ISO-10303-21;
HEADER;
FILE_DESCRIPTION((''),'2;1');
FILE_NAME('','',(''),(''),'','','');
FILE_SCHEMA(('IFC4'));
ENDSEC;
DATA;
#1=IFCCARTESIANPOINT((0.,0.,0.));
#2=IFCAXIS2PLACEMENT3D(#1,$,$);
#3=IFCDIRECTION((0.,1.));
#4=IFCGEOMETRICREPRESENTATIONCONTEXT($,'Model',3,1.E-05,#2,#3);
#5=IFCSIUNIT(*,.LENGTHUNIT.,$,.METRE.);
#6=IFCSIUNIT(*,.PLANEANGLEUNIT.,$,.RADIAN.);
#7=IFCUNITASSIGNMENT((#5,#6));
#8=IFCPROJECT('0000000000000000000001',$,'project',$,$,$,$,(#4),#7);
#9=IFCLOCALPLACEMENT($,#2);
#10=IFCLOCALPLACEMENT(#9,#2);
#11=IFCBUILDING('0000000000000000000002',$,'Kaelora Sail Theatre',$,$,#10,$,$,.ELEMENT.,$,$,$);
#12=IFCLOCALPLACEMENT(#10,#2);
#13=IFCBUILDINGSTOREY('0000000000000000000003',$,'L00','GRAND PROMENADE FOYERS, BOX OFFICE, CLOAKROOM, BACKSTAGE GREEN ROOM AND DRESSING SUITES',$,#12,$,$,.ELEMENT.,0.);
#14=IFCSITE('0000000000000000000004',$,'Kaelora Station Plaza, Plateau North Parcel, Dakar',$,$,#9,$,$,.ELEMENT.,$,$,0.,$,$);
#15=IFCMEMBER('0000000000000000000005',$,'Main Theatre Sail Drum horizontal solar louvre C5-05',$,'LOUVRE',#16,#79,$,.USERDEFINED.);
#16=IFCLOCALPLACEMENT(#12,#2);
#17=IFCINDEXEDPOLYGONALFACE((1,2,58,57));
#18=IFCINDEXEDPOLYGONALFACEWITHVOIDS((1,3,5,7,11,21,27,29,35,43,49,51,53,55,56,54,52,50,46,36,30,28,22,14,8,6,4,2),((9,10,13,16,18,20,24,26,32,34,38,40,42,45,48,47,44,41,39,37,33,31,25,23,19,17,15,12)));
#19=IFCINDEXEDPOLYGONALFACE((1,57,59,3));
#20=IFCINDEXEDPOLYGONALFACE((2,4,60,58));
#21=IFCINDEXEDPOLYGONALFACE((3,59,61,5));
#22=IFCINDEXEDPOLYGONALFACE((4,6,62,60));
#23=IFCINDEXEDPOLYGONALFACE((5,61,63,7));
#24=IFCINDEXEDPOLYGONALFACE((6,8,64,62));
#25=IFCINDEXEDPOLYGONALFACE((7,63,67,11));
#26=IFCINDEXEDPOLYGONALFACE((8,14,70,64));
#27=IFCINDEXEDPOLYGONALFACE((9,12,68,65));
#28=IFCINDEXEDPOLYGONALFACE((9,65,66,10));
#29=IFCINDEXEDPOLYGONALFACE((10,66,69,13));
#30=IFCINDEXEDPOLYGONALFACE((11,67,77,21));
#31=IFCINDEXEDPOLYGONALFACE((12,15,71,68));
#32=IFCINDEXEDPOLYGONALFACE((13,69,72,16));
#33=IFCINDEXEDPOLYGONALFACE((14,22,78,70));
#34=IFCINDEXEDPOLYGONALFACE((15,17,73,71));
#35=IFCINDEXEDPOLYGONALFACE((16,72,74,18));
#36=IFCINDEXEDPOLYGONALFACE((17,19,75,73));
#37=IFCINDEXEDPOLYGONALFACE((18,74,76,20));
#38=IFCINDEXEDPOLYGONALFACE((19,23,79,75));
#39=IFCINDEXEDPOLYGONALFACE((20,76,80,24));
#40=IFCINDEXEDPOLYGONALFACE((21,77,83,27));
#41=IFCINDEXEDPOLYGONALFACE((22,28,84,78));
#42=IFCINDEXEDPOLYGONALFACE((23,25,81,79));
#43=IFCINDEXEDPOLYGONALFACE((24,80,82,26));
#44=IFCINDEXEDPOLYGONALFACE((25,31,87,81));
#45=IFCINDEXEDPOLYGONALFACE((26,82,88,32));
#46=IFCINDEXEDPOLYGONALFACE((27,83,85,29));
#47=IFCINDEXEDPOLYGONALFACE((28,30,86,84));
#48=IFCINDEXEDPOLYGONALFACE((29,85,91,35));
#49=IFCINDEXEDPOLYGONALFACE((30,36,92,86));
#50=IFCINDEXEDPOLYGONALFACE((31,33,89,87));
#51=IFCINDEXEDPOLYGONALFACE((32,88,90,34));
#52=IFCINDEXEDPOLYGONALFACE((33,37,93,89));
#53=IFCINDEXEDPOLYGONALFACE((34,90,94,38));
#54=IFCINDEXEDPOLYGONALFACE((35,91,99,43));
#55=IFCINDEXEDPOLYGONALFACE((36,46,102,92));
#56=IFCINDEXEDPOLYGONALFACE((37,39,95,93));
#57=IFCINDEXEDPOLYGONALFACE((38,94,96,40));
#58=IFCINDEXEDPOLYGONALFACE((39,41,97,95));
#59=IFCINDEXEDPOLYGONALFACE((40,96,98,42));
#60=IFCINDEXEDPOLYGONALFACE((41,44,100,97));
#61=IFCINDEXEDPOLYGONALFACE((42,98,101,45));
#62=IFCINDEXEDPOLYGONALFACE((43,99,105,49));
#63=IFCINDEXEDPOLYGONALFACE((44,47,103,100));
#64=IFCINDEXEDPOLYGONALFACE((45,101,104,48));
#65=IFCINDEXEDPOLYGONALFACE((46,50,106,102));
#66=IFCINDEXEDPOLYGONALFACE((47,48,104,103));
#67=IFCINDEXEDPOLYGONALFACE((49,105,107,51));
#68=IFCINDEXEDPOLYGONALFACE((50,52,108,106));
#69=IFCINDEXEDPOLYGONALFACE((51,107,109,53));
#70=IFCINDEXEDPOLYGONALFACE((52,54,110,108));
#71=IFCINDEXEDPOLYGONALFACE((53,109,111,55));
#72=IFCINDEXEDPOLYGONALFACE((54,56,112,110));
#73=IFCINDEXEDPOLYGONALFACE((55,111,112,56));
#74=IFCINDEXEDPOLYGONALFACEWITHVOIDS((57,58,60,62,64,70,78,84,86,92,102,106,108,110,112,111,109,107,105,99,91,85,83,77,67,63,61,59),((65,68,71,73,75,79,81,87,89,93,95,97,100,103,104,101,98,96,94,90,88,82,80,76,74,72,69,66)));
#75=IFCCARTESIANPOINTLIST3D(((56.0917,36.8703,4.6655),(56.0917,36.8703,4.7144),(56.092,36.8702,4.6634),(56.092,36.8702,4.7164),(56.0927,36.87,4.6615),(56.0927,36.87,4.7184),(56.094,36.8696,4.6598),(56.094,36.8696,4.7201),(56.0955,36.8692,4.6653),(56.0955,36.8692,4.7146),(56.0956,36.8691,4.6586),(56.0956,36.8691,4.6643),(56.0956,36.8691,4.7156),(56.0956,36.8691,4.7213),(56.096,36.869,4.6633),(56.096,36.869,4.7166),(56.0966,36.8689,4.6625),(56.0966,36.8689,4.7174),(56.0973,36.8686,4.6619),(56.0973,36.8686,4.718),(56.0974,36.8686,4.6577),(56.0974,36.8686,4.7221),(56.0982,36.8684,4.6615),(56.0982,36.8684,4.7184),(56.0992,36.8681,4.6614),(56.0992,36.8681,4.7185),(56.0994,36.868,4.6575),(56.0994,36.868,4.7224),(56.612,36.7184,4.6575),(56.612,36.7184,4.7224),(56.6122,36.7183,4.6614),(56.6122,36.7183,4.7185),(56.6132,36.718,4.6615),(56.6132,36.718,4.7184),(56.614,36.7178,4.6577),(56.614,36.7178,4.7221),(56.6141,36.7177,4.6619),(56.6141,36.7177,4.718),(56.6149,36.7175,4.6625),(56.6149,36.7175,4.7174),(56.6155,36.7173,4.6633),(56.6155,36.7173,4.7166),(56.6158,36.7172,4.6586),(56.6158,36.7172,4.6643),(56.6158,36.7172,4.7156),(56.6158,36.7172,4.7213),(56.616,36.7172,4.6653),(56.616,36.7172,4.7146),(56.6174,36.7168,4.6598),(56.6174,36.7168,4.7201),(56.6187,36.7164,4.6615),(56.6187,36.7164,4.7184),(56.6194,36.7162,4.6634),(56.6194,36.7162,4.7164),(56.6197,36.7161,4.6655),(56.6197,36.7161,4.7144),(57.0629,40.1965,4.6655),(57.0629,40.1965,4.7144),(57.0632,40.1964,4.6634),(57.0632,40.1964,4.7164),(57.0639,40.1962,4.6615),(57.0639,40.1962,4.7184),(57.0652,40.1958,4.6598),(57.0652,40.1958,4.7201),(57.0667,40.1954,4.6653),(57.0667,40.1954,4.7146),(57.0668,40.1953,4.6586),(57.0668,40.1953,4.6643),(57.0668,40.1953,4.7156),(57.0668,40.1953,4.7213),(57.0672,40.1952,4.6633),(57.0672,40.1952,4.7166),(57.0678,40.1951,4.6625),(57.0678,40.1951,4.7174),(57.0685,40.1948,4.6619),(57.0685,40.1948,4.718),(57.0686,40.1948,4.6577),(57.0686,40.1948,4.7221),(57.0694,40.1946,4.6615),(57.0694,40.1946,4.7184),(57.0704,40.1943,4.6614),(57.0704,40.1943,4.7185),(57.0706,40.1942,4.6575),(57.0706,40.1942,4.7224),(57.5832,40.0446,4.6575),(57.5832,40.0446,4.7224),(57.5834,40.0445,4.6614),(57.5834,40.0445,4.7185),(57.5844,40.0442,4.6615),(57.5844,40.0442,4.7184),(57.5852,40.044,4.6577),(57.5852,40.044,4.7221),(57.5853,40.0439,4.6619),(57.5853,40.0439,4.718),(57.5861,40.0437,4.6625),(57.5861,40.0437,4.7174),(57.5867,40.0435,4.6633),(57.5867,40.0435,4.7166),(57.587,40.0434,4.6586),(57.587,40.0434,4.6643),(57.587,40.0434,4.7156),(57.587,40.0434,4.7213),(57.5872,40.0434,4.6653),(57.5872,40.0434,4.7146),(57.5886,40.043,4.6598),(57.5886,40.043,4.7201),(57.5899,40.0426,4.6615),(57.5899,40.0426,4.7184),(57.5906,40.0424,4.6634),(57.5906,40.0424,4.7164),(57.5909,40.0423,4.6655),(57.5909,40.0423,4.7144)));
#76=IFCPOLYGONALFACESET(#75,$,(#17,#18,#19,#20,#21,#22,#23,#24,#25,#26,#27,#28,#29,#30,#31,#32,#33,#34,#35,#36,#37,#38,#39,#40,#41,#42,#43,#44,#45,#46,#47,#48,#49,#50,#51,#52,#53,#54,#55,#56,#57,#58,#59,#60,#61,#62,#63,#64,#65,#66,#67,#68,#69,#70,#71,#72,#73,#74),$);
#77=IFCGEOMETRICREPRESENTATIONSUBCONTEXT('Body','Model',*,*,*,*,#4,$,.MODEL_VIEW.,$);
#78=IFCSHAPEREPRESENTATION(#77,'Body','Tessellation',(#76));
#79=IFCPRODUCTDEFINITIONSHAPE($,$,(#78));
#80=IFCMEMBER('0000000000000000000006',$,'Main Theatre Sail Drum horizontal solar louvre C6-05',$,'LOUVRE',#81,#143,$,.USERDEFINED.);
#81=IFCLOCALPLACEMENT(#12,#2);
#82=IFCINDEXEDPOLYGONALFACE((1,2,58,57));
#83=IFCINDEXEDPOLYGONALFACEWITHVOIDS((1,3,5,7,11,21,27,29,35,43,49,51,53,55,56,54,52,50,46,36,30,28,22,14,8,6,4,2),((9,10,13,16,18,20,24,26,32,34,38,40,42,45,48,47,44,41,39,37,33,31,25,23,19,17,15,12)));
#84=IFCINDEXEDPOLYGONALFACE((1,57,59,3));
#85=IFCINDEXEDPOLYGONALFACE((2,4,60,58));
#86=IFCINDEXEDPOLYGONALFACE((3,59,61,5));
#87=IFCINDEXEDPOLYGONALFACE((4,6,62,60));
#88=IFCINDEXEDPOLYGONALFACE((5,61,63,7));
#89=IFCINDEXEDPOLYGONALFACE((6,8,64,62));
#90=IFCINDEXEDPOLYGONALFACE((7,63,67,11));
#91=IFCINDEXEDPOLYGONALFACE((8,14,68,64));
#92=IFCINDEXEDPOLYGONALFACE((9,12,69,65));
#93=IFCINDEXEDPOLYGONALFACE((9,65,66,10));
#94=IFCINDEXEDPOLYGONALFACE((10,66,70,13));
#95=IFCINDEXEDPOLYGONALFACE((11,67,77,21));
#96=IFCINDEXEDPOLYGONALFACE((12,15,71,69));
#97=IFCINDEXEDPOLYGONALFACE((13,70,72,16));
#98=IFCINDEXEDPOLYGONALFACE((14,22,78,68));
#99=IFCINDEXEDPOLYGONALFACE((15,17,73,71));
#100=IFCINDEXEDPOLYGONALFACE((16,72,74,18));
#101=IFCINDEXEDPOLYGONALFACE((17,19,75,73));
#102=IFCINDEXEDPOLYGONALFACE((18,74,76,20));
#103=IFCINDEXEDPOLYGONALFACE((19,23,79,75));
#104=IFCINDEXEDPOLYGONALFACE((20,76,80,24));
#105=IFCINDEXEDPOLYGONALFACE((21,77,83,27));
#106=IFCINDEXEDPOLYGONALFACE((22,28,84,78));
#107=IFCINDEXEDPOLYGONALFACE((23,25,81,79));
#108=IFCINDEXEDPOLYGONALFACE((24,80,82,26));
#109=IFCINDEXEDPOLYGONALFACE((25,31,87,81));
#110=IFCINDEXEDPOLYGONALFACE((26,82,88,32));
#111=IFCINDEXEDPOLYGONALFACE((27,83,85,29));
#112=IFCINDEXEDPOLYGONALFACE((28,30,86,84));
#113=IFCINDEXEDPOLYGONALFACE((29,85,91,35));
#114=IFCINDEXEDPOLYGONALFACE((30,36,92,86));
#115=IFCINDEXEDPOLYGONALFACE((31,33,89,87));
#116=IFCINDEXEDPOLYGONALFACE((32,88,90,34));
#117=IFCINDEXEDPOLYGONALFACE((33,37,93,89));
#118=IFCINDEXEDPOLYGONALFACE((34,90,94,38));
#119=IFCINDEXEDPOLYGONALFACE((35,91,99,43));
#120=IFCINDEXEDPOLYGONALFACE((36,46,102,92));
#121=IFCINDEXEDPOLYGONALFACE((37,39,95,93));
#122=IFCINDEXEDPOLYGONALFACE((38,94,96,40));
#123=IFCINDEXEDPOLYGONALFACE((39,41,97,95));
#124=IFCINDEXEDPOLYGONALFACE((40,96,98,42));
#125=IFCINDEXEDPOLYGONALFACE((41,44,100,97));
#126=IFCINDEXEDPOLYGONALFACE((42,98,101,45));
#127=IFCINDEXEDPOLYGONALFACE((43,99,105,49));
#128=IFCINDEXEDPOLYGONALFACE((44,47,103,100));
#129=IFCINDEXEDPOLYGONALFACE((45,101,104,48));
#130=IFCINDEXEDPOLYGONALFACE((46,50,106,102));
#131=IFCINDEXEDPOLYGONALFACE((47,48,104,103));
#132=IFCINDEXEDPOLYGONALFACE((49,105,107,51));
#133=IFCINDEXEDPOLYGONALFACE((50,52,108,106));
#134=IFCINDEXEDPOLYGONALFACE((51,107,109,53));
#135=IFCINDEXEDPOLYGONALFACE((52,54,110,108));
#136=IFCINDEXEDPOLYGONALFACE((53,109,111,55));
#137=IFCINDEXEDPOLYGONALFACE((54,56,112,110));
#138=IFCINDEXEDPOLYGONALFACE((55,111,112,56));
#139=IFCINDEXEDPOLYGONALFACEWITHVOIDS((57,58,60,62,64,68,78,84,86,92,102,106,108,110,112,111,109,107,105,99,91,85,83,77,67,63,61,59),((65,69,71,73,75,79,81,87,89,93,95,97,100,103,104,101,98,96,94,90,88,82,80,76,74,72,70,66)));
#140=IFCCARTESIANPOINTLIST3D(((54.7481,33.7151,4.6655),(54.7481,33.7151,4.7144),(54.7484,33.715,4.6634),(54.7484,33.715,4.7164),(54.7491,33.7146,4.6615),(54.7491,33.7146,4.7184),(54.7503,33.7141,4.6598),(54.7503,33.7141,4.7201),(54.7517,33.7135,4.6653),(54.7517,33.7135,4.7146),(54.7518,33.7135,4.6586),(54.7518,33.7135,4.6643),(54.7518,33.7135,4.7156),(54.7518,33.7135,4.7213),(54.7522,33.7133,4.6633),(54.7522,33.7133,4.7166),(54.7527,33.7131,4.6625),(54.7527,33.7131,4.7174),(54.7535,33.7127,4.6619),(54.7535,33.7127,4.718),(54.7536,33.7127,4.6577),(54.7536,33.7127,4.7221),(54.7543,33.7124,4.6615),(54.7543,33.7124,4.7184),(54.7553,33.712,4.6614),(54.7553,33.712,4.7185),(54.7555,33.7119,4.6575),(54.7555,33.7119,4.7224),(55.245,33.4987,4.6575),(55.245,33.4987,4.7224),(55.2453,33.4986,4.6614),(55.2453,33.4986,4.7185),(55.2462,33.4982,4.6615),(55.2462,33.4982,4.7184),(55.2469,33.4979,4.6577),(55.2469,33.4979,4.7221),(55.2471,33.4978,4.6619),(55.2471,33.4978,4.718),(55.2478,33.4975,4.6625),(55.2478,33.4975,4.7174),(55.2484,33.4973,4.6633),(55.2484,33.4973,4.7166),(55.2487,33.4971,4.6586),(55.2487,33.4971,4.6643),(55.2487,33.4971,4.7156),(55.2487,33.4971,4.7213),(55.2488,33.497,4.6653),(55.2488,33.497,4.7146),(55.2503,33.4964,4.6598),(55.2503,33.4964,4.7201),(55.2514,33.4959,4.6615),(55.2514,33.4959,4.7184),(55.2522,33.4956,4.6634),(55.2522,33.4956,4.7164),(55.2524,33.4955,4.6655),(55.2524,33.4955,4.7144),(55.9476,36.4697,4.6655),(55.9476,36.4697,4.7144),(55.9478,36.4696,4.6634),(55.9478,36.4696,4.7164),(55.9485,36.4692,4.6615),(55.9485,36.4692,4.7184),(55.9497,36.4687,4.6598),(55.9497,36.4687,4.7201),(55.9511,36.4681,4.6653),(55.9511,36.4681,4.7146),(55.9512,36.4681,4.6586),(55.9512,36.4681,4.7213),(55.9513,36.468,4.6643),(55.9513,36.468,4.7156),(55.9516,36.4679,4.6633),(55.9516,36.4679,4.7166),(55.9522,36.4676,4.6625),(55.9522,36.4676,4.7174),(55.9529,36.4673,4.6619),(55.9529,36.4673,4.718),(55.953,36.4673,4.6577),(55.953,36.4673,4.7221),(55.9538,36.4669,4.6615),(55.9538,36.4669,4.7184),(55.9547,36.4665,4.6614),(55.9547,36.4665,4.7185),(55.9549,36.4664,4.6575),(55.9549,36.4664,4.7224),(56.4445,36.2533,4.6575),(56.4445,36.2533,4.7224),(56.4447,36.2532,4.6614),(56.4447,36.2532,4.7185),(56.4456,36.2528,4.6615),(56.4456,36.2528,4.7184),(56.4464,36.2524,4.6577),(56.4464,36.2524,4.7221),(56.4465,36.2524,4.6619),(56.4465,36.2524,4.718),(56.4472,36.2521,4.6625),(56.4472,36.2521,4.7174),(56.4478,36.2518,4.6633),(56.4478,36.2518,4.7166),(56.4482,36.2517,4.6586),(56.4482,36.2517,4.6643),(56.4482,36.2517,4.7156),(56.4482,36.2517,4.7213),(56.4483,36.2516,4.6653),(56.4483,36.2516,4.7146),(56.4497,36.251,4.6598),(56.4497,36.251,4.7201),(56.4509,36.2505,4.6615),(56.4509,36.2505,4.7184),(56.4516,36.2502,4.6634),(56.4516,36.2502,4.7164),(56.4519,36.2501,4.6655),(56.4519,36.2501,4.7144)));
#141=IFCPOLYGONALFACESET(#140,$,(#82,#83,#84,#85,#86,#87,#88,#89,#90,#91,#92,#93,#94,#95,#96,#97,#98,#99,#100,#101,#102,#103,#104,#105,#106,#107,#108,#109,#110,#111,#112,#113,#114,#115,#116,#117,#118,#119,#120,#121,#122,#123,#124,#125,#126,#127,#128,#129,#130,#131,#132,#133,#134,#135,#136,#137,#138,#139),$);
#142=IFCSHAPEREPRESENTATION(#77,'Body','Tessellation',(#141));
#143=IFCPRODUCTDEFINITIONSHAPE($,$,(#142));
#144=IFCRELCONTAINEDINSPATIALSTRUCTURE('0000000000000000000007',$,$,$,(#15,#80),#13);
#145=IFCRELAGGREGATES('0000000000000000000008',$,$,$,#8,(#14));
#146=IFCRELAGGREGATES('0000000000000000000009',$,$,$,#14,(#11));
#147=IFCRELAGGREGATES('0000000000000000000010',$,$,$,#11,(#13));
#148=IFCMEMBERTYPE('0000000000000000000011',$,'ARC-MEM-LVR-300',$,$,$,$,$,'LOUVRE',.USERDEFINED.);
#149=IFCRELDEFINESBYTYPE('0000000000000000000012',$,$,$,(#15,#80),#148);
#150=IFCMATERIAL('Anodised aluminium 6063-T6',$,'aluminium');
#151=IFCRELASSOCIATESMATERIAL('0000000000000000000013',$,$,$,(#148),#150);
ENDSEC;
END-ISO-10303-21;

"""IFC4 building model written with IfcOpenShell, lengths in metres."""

from ifc_helpers import new_model, si_unit, direction, frame, origin, origin_2d, place, context, subcontext, project, spatial, hollow_rectangle, extrude, material, material_profile, profile_set, type_object, element, save


model = new_model("IFC4")

# Units and contexts
model_context = context("Model", 3, precision=1e-05, world=origin(), true_north=direction((0.0, 1.0)))
body_context = subcontext(model_context, "Body", "Model", "MODEL_VIEW")
ifc_project = project(units=[si_unit("LENGTHUNIT", "METRE"), si_unit("PLANEANGLEUNIT", "RADIAN")], contexts=[model_context])

# Site, building, storey
site_placement = place(None, origin())
site = spatial("IfcSite", under=ifc_project, at=site_placement, Name="Kaelora Station Plaza, Plateau North Parcel, Dakar", CompositionType="ELEMENT", RefElevation=0.0)
building_placement = place(site_placement, origin())
building = spatial("IfcBuilding", under=site, at=building_placement, Name="Kaelora Sail Theatre", CompositionType="ELEMENT")
storey_placement = place(building_placement, origin())
storey = spatial("IfcBuildingStorey", under=building, at=storey_placement, Name="L00", Description="GRAND PROMENADE FOYERS, BOX OFFICE, CLOAKROOM, BACKSTAGE GREEN ROOM AND DRESSING SUITES", CompositionType="ELEMENT", Elevation=0.0)

# Members
ifc_material_1 = material(Name="Anodised aluminium 6063-T6", Category="aluminium")
ifc_material_profile_1 = material_profile(ifc_material_1, hollow_rectangle(XDim=0.55, YDim=0.0649, WallThickness=0.0039, InnerFilletRadius=0.0039, OuterFilletRadius=0.0081, at=origin_2d()), Name="LOUVRE 550x65x4")
ifc_profile_set_1 = profile_set([ifc_material_profile_1], Name="Anodised aluminium 6063-T6")
member_type_1 = type_object("IfcMemberType", Name="ARC-MEM-LVR-300", ElementType="LOUVRE", PredefinedType="USERDEFINED", material=ifc_profile_set_1)
for number, where, z_axis, x_axis, name in (
    (1, (57.3269, 40.1194, 4.6899), (-0.280281, -0.959918, 0.0), (0.959918, -0.280281, 0.0), "Main Theatre Sail Drum horizontal solar louvre C5-05"),
):
    element("IfcMember", number, at=place(storey_placement, frame(where, z_axis=z_axis, x_axis=x_axis)), inside=storey, type_object=member_type_1, Name=name, ObjectType="LOUVRE", PredefinedType="USERDEFINED", context=body_context, shape_type="SweptSolid", body=[
        extrude(hollow_rectangle(XDim=0.55, YDim=0.0649, WallThickness=0.0039, InnerFilletRadius=0.0039, OuterFilletRadius=0.0081, at=origin_2d()), origin(), (0.0, 0.0, 1.0), 3.4651),
    ])
member_placement = place(storey_placement, frame((56.1997, 36.3599, 4.6899), z_axis=(-0.399228, -0.916852, 0.0), x_axis=(0.916852, -0.399228, 0.0)))
element("IfcMember", 2, at=member_placement, inside=storey, type_object=member_type_1, Name="Main Theatre Sail Drum horizontal solar louvre C6-05", ObjectType="LOUVRE", PredefinedType="USERDEFINED", context=body_context, shape_type="SweptSolid", body=[
    extrude(hollow_rectangle(XDim=0.55, YDim=0.0649, WallThickness=0.0039, InnerFilletRadius=0.0039, OuterFilletRadius=0.0081, at=origin_2d()), origin(), (0.0, 0.0, 1.0), 3.0044),
])

save(model, "model.ifc")
